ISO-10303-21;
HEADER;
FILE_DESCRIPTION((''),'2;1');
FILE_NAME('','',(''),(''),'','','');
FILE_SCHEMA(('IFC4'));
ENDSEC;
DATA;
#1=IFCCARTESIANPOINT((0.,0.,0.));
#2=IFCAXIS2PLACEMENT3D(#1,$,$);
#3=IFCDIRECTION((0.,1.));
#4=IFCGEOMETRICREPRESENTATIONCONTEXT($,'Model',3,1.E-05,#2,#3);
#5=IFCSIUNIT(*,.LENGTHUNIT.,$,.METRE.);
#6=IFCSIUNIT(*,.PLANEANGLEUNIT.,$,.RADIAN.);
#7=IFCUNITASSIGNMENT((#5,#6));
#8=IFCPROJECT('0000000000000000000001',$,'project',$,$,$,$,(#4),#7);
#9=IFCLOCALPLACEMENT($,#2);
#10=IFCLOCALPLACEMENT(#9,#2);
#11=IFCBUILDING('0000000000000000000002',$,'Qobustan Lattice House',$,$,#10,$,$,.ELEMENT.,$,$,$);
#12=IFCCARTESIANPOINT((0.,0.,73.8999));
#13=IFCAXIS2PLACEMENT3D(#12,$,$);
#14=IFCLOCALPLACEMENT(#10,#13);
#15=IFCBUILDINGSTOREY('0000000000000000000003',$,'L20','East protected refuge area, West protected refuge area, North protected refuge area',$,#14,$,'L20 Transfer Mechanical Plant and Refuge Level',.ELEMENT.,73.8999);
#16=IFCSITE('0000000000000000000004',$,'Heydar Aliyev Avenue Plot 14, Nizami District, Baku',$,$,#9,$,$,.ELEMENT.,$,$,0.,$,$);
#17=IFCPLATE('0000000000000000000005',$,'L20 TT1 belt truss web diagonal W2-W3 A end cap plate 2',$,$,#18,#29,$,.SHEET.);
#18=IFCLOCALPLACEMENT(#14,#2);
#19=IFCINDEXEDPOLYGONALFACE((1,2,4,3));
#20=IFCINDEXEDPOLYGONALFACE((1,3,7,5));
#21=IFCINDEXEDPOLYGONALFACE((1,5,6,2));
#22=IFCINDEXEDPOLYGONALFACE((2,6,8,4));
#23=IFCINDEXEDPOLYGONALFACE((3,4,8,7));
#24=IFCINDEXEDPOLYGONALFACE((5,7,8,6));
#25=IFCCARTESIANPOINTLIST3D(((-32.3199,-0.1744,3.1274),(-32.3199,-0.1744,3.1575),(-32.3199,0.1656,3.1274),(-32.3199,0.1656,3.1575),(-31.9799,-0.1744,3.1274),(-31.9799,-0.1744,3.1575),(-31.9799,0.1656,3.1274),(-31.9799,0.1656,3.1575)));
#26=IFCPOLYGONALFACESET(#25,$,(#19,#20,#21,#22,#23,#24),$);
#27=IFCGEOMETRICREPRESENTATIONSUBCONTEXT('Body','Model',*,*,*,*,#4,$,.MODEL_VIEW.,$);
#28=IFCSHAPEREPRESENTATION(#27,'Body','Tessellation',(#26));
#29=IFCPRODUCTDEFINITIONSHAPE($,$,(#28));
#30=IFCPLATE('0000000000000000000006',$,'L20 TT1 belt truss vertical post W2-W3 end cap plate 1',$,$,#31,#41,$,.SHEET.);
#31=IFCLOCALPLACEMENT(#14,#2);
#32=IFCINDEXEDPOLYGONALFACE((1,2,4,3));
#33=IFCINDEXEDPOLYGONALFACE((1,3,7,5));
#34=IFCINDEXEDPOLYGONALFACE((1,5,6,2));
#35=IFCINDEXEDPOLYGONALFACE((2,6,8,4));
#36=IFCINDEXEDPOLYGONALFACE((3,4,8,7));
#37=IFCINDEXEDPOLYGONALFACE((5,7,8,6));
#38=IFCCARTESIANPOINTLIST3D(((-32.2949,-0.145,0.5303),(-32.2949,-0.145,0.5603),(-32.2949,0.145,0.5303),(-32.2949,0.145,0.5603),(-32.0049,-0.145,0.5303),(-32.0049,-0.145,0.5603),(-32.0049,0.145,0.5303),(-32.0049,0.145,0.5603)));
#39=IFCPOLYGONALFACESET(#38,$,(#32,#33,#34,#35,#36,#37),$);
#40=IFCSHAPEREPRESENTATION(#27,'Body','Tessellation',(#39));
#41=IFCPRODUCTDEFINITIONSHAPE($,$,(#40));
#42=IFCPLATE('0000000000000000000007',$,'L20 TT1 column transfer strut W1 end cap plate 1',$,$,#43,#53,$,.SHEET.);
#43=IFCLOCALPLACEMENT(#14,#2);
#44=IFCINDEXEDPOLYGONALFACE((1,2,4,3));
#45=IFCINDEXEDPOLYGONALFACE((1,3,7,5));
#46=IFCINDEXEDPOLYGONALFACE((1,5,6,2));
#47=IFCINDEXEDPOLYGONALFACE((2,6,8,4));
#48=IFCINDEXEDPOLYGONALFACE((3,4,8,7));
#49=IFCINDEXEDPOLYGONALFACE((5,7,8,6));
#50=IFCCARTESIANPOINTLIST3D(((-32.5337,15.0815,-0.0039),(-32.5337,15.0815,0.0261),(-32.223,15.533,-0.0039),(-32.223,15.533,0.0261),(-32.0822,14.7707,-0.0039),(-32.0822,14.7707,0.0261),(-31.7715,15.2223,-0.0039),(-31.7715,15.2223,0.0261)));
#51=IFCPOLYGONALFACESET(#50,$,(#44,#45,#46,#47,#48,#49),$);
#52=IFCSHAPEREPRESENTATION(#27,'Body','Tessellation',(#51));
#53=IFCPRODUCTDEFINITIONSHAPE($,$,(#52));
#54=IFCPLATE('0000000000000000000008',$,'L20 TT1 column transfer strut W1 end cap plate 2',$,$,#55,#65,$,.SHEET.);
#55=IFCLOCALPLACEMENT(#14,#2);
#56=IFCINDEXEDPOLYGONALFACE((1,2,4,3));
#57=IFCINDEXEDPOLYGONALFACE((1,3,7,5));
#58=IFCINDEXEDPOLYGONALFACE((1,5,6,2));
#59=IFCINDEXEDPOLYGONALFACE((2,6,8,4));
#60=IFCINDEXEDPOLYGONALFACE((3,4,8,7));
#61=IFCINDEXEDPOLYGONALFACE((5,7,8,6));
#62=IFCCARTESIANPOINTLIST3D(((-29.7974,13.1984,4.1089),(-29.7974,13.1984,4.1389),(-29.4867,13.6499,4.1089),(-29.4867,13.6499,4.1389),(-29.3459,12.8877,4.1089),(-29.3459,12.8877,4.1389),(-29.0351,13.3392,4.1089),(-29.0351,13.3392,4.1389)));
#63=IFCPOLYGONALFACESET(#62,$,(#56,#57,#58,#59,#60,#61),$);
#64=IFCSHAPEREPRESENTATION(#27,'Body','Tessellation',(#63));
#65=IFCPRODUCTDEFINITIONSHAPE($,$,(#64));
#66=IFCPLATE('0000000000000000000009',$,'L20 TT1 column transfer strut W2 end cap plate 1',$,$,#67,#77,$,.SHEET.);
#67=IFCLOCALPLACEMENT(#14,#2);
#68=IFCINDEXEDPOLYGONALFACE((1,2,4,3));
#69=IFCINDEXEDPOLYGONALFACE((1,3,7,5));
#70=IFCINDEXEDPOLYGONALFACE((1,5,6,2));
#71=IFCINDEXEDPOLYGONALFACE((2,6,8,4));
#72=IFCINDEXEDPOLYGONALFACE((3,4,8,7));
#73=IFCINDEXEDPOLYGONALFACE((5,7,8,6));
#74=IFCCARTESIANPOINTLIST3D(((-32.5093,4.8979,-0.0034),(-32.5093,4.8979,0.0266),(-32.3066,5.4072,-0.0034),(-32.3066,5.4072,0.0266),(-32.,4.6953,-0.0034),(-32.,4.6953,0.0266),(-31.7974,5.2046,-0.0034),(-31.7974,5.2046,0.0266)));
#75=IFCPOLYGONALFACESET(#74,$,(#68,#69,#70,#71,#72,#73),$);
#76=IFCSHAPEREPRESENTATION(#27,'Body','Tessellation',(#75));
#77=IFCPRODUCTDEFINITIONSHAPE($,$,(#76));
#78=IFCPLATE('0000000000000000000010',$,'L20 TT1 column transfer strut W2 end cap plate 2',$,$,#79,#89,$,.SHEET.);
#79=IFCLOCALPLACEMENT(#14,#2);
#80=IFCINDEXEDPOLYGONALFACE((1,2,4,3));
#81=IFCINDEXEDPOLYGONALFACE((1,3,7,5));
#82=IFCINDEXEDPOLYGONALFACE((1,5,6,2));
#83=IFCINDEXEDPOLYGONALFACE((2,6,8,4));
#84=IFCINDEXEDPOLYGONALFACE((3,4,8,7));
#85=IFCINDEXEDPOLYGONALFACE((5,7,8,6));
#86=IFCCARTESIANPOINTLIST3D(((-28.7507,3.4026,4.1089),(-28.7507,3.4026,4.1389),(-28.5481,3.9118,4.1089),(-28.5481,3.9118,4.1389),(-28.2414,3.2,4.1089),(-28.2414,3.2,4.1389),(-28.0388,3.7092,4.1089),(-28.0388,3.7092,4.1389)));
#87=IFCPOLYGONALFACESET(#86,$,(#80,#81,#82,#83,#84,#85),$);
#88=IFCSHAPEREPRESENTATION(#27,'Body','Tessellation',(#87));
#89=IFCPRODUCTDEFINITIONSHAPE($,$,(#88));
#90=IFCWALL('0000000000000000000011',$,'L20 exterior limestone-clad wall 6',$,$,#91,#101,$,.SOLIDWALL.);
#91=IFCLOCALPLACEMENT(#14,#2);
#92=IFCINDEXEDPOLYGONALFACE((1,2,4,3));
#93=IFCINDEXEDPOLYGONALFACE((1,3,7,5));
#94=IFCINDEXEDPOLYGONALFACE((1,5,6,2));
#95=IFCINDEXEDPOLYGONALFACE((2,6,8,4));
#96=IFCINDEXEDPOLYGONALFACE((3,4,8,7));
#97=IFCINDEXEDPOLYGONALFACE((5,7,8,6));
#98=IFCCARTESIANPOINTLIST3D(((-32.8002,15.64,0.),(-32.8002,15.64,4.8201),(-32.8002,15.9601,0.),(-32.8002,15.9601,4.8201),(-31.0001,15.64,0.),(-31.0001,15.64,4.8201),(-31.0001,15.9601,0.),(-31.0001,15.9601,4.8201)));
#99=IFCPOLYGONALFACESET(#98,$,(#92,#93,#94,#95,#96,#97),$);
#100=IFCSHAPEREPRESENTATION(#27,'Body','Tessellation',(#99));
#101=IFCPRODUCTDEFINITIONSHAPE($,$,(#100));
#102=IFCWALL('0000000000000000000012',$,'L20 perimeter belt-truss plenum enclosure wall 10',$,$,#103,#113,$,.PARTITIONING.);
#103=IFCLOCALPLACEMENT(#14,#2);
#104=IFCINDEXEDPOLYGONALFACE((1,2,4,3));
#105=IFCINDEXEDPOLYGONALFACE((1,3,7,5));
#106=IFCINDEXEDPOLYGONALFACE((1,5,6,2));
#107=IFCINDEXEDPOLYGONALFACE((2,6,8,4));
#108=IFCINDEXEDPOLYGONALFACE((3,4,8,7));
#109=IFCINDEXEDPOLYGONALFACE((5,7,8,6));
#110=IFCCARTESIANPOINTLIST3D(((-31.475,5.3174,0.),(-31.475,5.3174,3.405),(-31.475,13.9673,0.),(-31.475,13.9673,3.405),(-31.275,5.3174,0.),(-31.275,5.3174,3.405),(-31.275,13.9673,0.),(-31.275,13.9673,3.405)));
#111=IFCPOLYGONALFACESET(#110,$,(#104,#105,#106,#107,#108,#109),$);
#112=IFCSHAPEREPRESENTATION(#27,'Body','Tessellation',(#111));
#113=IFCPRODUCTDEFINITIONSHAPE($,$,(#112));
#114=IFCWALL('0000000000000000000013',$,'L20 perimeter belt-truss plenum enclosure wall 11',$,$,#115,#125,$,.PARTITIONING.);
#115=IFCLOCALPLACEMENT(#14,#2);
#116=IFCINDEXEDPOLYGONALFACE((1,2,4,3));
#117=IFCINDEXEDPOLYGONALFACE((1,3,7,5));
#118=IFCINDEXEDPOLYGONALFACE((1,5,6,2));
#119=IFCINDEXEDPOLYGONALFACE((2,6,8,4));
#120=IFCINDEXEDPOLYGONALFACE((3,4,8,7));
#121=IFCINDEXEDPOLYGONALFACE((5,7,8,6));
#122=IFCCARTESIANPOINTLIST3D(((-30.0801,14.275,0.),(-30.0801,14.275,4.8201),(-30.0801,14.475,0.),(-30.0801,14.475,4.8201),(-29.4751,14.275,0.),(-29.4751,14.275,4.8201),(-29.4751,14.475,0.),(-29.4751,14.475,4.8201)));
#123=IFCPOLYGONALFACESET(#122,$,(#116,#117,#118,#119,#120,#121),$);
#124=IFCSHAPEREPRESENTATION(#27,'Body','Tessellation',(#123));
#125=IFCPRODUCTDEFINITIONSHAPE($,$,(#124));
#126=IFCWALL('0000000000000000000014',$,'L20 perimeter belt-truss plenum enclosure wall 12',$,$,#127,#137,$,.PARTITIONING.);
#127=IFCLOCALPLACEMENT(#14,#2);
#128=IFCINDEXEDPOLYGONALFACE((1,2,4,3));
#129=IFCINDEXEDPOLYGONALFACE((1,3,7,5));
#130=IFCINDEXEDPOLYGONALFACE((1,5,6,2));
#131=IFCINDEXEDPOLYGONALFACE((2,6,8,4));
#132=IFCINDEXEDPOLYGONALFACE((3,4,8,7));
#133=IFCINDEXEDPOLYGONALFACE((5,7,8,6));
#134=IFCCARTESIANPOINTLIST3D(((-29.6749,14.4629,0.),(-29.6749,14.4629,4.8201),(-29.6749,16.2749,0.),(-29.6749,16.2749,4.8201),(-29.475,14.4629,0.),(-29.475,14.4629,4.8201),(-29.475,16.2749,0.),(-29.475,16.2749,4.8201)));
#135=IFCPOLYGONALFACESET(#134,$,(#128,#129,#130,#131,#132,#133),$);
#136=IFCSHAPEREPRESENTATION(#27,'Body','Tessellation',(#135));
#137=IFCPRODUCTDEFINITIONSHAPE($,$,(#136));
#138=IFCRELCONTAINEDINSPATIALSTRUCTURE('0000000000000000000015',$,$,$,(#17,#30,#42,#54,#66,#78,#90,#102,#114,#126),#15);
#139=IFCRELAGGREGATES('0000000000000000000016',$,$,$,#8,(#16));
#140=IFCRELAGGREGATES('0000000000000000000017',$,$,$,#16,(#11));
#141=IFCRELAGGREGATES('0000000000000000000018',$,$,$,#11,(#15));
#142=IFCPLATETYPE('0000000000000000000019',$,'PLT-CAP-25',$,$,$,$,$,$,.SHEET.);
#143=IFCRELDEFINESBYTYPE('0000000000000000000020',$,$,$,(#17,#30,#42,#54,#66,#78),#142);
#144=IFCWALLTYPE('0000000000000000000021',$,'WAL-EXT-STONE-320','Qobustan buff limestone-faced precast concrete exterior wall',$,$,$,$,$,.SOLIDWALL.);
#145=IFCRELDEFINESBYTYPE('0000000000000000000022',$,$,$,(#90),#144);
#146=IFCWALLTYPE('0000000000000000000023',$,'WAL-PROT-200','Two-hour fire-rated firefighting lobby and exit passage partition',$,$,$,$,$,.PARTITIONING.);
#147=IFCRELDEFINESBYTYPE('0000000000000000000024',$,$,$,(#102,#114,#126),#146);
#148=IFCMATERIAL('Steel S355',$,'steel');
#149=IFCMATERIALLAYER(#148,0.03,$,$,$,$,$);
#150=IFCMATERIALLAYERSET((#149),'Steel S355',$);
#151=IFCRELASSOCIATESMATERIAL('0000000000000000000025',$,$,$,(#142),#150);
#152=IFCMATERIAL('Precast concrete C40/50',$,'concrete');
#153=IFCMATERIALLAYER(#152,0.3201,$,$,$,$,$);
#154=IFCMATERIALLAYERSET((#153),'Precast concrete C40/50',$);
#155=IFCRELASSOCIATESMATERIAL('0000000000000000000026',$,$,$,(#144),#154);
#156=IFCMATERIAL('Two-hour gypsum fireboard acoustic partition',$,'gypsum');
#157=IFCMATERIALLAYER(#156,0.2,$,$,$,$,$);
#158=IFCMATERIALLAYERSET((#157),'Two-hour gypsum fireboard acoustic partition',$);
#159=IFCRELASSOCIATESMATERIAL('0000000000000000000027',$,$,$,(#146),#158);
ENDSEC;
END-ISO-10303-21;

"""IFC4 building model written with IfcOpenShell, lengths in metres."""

from ifc_helpers import new_model, si_unit, direction, frame, frame_2d, origin, origin_2d, place, context, subcontext, project, spatial, rectangle, extrude, material, layer, layer_set, type_object, element, save


model = new_model("IFC4")

# Units and contexts
model_context = context("Model", 3, precision=1e-05, world=origin(), true_north=direction((0.0, 1.0)))
body_context = subcontext(model_context, "Body", "Model", "MODEL_VIEW")
ifc_project = project(units=[si_unit("LENGTHUNIT", "METRE"), si_unit("PLANEANGLEUNIT", "RADIAN")], contexts=[model_context])

# Site, building, storey
site_placement = place(None, origin())
site = spatial("IfcSite", under=ifc_project, at=site_placement, Name="Heydar Aliyev Avenue Plot 14, Nizami District, Baku", CompositionType="ELEMENT", RefElevation=0.0)
building_placement = place(site_placement, origin())
building = spatial("IfcBuilding", under=site, at=building_placement, Name="Qobustan Lattice House", CompositionType="ELEMENT")
storey_placement = place(building_placement, frame((0.0, 0.0, 73.8999)))
storey = spatial("IfcBuildingStorey", under=building, at=storey_placement, Name="L20", Description="East protected refuge area, West protected refuge area, North protected refuge area", LongName="L20 Transfer Mechanical Plant and Refuge Level", CompositionType="ELEMENT", Elevation=73.8999)

# Plates
ifc_material_1 = material(Name="Steel S355", Category="steel")
ifc_layer_1 = layer(ifc_material_1, 0.03)
ifc_layer_set_1 = layer_set([ifc_layer_1], Name="Steel S355")
plate_type = type_object("IfcPlateType", Name="PLT-CAP-25", PredefinedType="SHEET", material=ifc_layer_set_1)
plate_1_placement = place(storey_placement, frame((-32.1499, -0.0044, 3.1274), z_axis=(0.0, 0.0, 1.0), x_axis=(0.0, -1.0, 0.0)))
element("IfcPlate", 1, at=plate_1_placement, inside=storey, type_object=plate_type, Name="L20 TT1 belt truss web diagonal W2-W3 A end cap plate 2", PredefinedType="SHEET", context=body_context, shape_type="SweptSolid", body=[
    extrude(rectangle(XDim=0.3401, YDim=0.3401, at=origin_2d()), origin(), (0.0, 0.0, 1.0), 0.03),
])
plate_2_placement = place(storey_placement, frame((-32.1499, 0.0, 0.5303), z_axis=(0.0, 0.0, 1.0), x_axis=(1.0, 0.0, 0.0)))
element("IfcPlate", 2, at=plate_2_placement, inside=storey, type_object=plate_type, Name="L20 TT1 belt truss vertical post W2-W3 end cap plate 1", PredefinedType="SHEET", context=body_context, shape_type="SweptSolid", body=[
    extrude(rectangle(XDim=0.29, YDim=0.29, at=origin_2d()), origin(), (0.0, 0.0, 1.0), 0.03),
])
for number, where, z_axis, x_axis, name in (
    (3, (-32.1526, 15.1519, -0.0039), (0.0, 0.0, 1.0), (0.82378, -0.56691, 0.0), "L20 TT1 column transfer strut W1 end cap plate 1"),
    (4, (-29.4163, 13.2688, 4.1089), (0.0, 0.0, 1.0), (0.82378, -0.56691, 0.0), "L20 TT1 column transfer strut W1 end cap plate 2"),
    (5, (-32.1533, 5.0513, -0.0034), (0.0, 0.0, 1.0), (0.929165, -0.369666, 0.0), "L20 TT1 column transfer strut W2 end cap plate 1"),
    (6, (-28.3948, 3.5559, 4.1089), (0.0, 0.0, 1.0), (0.929165, -0.369666, 0.0), "L20 TT1 column transfer strut W2 end cap plate 2"),
):
    element("IfcPlate", number, at=place(storey_placement, frame(where, z_axis=z_axis, x_axis=x_axis)), inside=storey, type_object=plate_type, Name=name, PredefinedType="SHEET", context=body_context, shape_type="SweptSolid", body=[
        extrude(rectangle(XDim=0.5481, YDim=0.5481, at=origin_2d()), origin(), (0.0, 0.0, 1.0), 0.03),
    ])

# Walls
ifc_material_2 = material(Name="Precast concrete C40/50", Category="concrete")
ifc_layer_2 = layer(ifc_material_2, 0.3201)
ifc_layer_set_2 = layer_set([ifc_layer_2], Name="Precast concrete C40/50")
wall_type_1 = type_object("IfcWallType", Name="WAL-EXT-STONE-320", Description="Qobustan buff limestone-faced precast concrete exterior wall", PredefinedType="SOLIDWALL", material=ifc_layer_set_2)
wall_1_placement = place(storey_placement, frame((-32.8, 15.8, 0.0), z_axis=(0.0, 0.0, 1.0), x_axis=(1.0, 0.0, 0.0)))
element("IfcWall", 7, at=wall_1_placement, inside=storey, type_object=wall_type_1, Name="L20 exterior limestone-clad wall 6", PredefinedType="SOLIDWALL", context=body_context, shape_type="SweptSolid", body=[
    extrude(rectangle(XDim=1.8, YDim=0.3201, at=frame_2d((0.8999, 0.0))), origin(), (0.0, 0.0, 1.0), 4.8201),
])
ifc_material_3 = material(Name="Two-hour gypsum fireboard acoustic partition", Category="gypsum")
ifc_layer_3 = layer(ifc_material_3, 0.2)
ifc_layer_set_3 = layer_set([ifc_layer_3], Name="Two-hour gypsum fireboard acoustic partition")
wall_type_2 = type_object("IfcWallType", Name="WAL-PROT-200", Description="Two-hour fire-rated firefighting lobby and exit passage partition", PredefinedType="PARTITIONING", material=ifc_layer_set_3)
wall_2_placement = place(storey_placement, frame((-31.375, 5.3174, 0.0), z_axis=(0.0, 0.0, 1.0), x_axis=(0.0, 1.0, 0.0)))
element("IfcWall", 8, at=wall_2_placement, inside=storey, type_object=wall_type_2, Name="L20 perimeter belt-truss plenum enclosure wall 10", PredefinedType="PARTITIONING", context=body_context, shape_type="SweptSolid", body=[
    extrude(rectangle(XDim=8.6499, YDim=0.2, at=frame_2d((4.325, 0.0))), origin(), (0.0, 0.0, 1.0), 3.405),
])
wall_3_placement = place(storey_placement, frame((-30.0801, 14.375, 0.0), z_axis=(0.0, 0.0, 1.0), x_axis=(1.0, 0.0, 0.0)))
element("IfcWall", 9, at=wall_3_placement, inside=storey, type_object=wall_type_2, Name="L20 perimeter belt-truss plenum enclosure wall 11", PredefinedType="PARTITIONING", context=body_context, shape_type="SweptSolid", body=[
    extrude(rectangle(XDim=0.605, YDim=0.2, at=frame_2d((0.3025, 0.0))), origin(), (0.0, 0.0, 1.0), 4.8201),
])
wall_4_placement = place(storey_placement, frame((-29.575, 14.4629, 0.0), z_axis=(0.0, 0.0, 1.0), x_axis=(0.0, 1.0, 0.0)))
element("IfcWall", 10, at=wall_4_placement, inside=storey, type_object=wall_type_2, Name="L20 perimeter belt-truss plenum enclosure wall 12", PredefinedType="PARTITIONING", context=body_context, shape_type="SweptSolid", body=[
    extrude(rectangle(XDim=1.812, YDim=0.2, at=frame_2d((0.906, 0.0))), origin(), (0.0, 0.0, 1.0), 4.8201),
])

save(model, "model.ifc")
